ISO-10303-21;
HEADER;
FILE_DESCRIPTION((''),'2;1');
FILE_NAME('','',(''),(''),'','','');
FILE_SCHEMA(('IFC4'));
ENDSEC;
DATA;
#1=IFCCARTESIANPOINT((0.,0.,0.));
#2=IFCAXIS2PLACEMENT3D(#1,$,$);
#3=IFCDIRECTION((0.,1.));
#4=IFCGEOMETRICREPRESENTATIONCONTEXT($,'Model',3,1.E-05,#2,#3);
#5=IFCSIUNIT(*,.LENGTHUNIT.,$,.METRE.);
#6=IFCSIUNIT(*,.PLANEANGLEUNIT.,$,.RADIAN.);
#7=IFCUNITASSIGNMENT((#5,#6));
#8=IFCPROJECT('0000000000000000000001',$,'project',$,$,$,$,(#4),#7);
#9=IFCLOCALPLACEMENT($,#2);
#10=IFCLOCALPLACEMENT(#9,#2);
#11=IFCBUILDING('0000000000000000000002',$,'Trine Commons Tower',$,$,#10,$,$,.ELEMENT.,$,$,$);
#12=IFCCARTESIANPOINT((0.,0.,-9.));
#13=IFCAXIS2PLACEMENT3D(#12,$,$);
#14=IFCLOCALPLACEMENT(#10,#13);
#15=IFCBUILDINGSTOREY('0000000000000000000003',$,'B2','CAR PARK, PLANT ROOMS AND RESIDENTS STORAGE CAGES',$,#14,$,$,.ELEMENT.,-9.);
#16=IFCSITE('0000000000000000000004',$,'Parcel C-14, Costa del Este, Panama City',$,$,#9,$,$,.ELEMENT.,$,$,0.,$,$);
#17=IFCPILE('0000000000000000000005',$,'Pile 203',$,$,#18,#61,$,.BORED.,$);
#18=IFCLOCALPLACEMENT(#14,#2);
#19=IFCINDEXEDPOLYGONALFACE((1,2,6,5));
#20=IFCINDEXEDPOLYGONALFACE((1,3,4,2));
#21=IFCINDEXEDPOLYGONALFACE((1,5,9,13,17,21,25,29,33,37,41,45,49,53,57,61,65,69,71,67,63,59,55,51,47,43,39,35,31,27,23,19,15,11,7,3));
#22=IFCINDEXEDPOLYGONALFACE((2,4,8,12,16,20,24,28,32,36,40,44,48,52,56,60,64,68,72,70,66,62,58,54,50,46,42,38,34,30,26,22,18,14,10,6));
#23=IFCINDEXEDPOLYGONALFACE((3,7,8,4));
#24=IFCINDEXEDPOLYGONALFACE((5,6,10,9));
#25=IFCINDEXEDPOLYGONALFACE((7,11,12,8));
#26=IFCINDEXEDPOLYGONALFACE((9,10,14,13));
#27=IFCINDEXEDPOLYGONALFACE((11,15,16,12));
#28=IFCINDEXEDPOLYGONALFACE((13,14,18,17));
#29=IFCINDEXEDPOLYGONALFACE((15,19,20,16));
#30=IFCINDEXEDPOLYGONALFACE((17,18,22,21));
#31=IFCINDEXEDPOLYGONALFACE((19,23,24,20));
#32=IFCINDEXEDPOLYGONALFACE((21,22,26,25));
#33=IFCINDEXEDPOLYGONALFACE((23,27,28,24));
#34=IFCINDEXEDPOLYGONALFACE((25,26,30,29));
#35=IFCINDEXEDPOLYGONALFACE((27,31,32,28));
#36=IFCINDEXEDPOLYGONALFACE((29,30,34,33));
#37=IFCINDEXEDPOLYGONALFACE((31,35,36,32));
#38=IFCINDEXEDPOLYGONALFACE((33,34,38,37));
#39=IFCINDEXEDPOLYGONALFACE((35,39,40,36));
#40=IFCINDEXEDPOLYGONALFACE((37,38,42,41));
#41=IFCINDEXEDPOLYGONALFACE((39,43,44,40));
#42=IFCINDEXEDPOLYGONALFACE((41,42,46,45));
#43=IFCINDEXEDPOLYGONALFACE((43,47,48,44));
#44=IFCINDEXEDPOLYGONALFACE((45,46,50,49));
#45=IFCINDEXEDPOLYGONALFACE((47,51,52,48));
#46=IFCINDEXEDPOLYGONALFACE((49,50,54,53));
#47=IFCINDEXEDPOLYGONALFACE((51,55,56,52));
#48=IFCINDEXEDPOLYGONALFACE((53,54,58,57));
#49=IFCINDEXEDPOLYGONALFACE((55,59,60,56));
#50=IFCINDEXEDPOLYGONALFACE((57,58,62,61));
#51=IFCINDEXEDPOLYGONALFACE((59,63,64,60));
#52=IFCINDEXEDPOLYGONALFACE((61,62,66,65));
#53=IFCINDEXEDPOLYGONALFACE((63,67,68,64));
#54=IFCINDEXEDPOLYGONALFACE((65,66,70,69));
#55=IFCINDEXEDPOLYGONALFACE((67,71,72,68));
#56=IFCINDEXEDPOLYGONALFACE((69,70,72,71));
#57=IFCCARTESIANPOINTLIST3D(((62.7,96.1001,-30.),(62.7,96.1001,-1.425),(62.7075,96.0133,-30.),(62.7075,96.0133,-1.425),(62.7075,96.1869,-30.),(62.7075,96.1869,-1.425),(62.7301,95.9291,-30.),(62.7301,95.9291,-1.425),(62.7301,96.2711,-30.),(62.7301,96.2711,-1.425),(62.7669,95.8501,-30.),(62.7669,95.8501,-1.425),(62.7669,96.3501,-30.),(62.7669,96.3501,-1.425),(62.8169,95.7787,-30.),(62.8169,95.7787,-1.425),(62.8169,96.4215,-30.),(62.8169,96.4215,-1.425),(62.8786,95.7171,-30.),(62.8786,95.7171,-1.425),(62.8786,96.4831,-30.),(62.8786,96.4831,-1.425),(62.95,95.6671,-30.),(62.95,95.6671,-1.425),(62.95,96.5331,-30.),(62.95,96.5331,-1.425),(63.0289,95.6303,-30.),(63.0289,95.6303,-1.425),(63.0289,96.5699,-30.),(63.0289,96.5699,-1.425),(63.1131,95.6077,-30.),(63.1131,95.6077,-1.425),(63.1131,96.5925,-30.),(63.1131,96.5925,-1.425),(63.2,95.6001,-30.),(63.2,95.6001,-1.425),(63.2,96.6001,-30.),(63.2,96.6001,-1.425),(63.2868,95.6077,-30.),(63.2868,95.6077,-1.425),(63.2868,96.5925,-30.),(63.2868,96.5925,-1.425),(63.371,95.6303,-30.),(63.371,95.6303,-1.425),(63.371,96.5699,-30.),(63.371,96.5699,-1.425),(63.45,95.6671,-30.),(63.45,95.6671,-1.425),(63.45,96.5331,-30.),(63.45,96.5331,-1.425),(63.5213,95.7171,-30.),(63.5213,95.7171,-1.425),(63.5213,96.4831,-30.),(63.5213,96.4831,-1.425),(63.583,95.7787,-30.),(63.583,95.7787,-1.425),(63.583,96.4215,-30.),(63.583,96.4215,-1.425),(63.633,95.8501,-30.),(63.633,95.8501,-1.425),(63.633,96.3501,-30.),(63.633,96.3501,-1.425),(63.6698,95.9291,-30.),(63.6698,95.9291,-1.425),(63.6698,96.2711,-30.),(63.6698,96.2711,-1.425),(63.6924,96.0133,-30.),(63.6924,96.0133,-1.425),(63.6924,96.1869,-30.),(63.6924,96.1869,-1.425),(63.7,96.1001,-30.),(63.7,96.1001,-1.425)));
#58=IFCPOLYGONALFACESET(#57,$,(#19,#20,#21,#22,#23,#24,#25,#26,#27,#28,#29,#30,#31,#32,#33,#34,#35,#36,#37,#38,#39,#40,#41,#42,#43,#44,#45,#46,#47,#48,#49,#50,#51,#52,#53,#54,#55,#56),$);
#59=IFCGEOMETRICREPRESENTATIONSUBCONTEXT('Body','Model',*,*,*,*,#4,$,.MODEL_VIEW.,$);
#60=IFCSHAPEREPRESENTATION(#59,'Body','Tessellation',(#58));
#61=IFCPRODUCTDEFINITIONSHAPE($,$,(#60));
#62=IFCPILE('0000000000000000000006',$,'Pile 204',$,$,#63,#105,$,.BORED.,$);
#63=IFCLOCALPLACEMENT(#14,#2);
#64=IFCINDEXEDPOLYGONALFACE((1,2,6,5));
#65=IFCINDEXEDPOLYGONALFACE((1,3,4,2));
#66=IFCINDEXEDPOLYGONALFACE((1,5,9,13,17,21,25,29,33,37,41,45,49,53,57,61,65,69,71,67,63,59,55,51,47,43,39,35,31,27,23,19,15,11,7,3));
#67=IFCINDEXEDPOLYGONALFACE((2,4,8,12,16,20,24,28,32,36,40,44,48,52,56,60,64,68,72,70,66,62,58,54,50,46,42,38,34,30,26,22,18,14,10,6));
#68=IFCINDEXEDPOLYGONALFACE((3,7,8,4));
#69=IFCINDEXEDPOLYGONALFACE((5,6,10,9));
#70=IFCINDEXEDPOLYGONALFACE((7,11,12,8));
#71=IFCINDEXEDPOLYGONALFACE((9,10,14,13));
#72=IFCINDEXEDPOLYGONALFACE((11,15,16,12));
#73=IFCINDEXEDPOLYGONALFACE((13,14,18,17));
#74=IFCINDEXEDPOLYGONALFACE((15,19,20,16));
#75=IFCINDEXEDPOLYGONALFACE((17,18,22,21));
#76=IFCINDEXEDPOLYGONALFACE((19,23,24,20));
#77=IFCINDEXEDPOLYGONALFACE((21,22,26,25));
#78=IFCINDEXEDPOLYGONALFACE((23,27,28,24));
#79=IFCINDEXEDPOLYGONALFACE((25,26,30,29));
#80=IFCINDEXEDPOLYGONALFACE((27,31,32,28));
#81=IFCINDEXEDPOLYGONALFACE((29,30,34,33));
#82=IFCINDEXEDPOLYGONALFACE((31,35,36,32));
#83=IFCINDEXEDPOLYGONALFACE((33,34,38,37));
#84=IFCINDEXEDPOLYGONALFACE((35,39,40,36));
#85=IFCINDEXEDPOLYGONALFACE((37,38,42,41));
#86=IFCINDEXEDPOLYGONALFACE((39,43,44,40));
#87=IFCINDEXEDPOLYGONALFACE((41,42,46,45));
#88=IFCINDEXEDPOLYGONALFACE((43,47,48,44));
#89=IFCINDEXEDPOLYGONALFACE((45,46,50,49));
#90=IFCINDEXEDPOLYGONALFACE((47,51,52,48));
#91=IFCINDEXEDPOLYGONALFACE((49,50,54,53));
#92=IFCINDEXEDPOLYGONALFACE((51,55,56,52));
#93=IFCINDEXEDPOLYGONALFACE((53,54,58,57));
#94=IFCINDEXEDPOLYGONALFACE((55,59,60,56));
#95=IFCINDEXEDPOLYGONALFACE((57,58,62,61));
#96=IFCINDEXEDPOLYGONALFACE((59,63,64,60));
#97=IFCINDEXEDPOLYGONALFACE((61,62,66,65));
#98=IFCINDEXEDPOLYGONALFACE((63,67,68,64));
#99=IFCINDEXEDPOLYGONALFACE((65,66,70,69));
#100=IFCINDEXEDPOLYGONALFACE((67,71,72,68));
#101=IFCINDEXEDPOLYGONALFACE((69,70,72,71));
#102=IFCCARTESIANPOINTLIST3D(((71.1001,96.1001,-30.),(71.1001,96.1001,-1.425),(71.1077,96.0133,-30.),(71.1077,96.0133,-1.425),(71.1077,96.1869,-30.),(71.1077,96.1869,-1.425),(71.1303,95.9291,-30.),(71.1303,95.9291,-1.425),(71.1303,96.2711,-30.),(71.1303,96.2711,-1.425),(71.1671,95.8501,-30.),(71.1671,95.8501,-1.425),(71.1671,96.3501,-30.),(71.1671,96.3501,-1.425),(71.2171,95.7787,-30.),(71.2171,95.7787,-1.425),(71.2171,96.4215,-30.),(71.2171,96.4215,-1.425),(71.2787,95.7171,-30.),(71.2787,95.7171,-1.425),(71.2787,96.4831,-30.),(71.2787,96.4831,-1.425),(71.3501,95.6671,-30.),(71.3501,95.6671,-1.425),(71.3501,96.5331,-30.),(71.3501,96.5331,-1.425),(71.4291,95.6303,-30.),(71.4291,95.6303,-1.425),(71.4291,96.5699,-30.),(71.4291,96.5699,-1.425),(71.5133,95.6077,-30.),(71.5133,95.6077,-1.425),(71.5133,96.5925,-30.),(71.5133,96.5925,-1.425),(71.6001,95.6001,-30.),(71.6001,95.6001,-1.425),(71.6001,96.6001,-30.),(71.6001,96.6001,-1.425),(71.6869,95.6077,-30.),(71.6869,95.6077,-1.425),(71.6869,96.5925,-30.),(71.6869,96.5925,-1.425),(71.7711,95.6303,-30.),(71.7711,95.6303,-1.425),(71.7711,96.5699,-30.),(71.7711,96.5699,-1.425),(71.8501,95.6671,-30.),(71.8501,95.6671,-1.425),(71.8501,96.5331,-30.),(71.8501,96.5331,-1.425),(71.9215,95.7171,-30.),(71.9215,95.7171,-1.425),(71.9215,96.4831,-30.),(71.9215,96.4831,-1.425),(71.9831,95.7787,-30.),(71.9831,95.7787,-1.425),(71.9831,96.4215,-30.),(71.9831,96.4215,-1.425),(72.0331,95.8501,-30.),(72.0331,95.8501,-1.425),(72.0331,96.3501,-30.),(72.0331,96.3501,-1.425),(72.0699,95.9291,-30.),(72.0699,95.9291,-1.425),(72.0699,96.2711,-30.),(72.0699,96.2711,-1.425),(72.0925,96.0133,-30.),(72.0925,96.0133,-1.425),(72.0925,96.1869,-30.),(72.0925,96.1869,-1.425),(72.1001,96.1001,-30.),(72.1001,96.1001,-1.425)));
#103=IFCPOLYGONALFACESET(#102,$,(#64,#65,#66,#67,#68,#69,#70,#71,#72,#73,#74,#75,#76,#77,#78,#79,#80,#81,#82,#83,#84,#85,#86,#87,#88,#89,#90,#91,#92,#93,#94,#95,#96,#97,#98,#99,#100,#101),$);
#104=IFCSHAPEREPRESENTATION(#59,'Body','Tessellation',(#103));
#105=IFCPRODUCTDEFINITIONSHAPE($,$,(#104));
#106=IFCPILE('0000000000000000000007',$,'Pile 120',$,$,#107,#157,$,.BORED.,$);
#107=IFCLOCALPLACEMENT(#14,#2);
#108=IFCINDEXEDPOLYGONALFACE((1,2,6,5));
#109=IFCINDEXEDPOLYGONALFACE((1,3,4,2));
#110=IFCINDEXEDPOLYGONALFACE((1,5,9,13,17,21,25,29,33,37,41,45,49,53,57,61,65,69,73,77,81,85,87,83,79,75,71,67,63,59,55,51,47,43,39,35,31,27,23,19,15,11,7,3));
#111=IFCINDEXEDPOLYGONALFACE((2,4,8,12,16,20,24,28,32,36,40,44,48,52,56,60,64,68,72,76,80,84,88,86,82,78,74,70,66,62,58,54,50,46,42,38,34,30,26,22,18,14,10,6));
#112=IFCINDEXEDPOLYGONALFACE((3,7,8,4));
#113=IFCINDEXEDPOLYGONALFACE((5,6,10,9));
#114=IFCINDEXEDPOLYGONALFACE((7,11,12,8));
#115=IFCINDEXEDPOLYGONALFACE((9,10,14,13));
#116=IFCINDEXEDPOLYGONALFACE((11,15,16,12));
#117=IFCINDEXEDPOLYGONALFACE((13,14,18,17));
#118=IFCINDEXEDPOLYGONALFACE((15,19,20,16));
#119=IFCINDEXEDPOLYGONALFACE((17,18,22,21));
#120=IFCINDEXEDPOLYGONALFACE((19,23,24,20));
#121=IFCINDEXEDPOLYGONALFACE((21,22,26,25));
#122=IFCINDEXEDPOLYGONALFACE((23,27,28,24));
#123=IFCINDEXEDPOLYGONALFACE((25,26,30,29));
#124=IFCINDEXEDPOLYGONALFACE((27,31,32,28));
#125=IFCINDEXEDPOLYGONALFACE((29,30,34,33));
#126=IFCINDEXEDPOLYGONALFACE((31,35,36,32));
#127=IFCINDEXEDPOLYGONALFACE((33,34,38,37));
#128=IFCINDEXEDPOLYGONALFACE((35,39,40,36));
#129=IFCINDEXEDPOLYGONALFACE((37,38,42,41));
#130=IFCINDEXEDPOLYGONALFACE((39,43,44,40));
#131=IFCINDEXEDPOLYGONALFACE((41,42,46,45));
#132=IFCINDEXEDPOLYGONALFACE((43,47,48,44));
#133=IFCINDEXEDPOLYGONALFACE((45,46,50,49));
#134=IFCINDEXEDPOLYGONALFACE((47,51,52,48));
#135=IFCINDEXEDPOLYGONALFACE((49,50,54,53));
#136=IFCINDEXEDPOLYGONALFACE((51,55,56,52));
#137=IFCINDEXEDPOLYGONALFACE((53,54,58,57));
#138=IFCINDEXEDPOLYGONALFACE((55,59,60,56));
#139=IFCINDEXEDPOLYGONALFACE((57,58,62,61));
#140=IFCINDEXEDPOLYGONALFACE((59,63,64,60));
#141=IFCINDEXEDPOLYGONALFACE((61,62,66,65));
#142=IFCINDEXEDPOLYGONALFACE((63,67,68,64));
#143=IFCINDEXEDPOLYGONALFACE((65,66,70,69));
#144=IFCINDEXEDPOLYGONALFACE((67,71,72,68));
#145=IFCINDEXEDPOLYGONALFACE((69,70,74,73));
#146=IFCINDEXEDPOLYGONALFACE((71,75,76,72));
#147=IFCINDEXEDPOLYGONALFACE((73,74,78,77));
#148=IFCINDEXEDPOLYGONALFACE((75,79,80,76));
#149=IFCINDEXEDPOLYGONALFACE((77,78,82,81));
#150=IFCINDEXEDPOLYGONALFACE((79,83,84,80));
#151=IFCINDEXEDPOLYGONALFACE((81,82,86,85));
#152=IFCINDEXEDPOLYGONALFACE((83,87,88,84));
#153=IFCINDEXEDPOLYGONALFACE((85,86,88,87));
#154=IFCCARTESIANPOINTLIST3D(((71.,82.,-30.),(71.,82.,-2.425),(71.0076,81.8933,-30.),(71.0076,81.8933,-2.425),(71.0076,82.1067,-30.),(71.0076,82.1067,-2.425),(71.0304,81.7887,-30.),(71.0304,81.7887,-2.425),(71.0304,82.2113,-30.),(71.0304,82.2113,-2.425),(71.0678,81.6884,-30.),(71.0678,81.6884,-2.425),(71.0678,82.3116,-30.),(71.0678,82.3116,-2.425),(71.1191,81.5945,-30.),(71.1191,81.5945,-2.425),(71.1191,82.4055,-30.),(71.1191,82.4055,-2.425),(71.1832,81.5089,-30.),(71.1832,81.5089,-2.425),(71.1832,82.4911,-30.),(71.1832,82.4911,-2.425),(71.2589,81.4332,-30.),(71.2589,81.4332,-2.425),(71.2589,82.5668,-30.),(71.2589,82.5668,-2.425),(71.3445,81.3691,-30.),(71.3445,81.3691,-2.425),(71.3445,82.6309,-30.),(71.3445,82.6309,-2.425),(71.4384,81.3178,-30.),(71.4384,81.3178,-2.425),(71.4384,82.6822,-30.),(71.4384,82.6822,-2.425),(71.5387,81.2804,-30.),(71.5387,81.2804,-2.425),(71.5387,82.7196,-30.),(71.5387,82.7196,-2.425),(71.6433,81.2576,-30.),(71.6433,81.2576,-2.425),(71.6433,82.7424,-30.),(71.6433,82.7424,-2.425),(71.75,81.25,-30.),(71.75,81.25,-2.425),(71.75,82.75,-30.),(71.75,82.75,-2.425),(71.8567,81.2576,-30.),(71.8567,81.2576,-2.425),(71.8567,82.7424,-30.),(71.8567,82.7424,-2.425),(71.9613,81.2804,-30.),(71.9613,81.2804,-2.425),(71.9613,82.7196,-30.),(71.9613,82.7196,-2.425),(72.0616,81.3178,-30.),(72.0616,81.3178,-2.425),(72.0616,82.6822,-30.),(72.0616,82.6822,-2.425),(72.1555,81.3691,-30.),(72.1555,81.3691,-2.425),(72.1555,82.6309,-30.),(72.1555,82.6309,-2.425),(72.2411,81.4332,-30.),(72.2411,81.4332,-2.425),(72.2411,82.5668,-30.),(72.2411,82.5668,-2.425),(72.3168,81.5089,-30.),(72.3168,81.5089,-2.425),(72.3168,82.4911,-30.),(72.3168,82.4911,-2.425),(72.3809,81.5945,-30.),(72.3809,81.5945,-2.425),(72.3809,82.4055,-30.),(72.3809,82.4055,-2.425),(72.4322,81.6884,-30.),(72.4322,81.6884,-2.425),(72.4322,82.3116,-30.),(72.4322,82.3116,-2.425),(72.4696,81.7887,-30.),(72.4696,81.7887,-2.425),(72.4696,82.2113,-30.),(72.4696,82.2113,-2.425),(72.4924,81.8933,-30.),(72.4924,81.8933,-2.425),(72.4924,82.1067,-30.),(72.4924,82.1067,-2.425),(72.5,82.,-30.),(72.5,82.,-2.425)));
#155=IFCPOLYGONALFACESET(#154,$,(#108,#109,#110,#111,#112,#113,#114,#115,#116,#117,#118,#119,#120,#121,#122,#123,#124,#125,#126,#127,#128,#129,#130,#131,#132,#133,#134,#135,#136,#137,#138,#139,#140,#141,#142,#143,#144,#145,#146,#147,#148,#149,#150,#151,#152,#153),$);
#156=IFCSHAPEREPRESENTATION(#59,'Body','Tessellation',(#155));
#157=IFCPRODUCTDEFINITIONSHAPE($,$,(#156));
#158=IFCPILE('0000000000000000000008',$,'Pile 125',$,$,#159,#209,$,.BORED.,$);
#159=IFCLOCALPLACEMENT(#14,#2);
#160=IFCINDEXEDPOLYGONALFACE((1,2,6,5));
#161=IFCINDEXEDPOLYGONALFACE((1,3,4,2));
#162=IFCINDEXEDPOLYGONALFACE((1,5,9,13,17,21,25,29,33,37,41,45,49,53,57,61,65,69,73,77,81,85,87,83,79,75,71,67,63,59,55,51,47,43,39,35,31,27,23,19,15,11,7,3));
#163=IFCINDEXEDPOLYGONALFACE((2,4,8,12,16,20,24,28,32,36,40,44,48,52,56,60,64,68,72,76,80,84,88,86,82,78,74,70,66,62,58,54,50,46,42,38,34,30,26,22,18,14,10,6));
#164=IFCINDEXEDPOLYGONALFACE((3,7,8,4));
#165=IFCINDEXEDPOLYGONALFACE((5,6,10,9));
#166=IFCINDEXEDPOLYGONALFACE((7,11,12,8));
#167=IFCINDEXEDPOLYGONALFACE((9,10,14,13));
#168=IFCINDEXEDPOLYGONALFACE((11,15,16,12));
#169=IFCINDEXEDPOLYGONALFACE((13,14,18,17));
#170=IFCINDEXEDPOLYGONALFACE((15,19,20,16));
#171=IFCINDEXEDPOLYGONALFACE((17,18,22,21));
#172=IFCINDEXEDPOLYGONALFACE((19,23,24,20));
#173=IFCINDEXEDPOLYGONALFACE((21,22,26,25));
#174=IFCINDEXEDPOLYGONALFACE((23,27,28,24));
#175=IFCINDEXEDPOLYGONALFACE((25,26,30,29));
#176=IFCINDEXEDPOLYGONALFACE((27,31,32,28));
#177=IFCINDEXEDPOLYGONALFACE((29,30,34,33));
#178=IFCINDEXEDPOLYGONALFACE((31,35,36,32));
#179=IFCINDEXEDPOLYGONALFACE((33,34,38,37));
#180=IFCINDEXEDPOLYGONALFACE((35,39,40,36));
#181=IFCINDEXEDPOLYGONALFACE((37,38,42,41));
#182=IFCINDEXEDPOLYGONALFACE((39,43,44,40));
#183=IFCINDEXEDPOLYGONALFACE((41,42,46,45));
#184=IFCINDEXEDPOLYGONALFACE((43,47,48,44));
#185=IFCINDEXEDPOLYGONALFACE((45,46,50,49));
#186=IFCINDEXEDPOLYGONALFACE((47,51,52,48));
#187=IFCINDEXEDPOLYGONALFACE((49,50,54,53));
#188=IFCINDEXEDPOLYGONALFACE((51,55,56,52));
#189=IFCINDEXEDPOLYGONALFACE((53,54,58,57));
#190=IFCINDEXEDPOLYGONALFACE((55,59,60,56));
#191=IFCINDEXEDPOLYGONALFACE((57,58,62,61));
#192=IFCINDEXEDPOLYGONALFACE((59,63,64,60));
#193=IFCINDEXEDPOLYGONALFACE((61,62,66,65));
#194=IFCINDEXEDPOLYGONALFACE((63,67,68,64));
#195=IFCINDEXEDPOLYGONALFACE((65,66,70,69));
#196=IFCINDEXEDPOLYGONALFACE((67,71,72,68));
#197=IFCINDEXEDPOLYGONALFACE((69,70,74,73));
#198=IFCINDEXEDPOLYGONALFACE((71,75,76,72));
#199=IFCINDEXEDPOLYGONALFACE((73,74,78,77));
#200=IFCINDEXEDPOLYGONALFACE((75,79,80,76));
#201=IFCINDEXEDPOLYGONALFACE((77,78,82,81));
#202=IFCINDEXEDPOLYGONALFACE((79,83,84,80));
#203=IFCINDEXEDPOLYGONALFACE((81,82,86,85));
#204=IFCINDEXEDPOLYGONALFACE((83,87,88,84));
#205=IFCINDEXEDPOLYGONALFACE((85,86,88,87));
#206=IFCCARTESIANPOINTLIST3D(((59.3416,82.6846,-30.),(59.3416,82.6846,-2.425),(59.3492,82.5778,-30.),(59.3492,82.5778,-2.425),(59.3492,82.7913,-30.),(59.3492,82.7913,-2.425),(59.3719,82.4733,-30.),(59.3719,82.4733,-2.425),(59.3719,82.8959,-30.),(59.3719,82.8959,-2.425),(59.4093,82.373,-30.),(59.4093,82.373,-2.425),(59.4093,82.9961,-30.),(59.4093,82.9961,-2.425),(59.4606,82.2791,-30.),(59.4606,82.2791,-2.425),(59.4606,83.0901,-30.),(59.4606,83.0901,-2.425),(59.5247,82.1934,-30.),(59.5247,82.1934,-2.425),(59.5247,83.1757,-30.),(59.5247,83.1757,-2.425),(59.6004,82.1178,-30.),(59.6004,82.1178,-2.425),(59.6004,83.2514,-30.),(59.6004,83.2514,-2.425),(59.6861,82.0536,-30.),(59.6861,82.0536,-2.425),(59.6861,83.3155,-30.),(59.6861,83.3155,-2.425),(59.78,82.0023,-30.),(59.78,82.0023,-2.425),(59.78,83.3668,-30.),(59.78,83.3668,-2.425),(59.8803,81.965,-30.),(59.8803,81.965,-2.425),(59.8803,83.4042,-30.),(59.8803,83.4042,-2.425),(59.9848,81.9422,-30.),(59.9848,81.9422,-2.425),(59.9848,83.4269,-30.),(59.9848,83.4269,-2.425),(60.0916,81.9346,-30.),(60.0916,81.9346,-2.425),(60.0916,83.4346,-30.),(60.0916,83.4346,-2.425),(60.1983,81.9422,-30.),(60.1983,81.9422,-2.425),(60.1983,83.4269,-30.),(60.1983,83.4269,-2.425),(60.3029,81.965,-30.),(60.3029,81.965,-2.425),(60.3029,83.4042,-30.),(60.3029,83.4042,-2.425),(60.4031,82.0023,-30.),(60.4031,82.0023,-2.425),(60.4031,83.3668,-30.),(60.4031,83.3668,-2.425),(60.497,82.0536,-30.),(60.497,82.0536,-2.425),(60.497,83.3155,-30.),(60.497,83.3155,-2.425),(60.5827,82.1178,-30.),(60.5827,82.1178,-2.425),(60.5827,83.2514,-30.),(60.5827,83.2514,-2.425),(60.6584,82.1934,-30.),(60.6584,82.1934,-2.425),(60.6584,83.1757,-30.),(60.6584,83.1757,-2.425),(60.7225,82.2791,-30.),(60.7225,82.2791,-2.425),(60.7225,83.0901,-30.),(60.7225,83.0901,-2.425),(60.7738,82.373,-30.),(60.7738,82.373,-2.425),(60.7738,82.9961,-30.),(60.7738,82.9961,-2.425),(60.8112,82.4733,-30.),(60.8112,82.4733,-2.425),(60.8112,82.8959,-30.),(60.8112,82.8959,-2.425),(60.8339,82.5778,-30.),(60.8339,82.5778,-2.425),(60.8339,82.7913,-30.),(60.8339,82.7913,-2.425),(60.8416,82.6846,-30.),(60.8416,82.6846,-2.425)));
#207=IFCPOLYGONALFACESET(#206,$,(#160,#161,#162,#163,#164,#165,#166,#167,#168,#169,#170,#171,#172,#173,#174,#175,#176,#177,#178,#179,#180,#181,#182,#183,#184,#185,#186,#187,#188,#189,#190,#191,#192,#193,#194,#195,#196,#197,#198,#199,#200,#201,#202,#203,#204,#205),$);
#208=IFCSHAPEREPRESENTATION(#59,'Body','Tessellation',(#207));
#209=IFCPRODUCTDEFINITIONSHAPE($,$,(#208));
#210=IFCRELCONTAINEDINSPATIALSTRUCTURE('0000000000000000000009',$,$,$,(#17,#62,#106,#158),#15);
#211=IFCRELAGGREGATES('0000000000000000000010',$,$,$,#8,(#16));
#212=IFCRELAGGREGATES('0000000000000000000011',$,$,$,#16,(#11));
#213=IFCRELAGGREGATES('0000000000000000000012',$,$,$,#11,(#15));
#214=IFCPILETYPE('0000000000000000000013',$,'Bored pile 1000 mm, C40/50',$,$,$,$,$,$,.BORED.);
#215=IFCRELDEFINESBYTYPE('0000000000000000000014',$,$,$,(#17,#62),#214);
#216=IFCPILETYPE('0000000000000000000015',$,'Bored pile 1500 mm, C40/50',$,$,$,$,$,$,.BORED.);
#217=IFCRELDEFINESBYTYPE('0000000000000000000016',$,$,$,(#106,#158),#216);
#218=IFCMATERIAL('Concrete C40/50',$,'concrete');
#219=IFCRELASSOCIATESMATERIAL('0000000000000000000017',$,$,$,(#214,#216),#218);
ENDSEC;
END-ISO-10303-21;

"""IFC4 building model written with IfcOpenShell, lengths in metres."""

from ifc_helpers import new_model, si_unit, direction, frame, origin, origin_2d, place, context, subcontext, project, spatial, circle, extrude, material, type_object, element, save


model = new_model("IFC4")

# Units and contexts
model_context = context("Model", 3, precision=1e-05, world=origin(), true_north=direction((0.0, 1.0)))
body_context = subcontext(model_context, "Body", "Model", "MODEL_VIEW")
ifc_project = project(units=[si_unit("LENGTHUNIT", "METRE"), si_unit("PLANEANGLEUNIT", "RADIAN")], contexts=[model_context])

# Site, building, storey
site_placement = place(None, origin())
site = spatial("IfcSite", under=ifc_project, at=site_placement, Name="Parcel C-14, Costa del Este, Panama City", CompositionType="ELEMENT", RefElevation=0.0)
building_placement = place(site_placement, origin())
building = spatial("IfcBuilding", under=site, at=building_placement, Name="Trine Commons Tower", CompositionType="ELEMENT")
storey_placement = place(building_placement, frame((0.0, 0.0, -9.0)))
storey = spatial("IfcBuildingStorey", under=building, at=storey_placement, Name="B2", Description="CAR PARK, PLANT ROOMS AND RESIDENTS STORAGE CAGES", CompositionType="ELEMENT", Elevation=-9.0)

# Piles
ifc_material_1 = material(Name="Concrete C40/50", Category="concrete")
pile_type_1 = type_object("IfcPileType", Name="Bored pile 1000 mm, C40/50", PredefinedType="BORED", material=ifc_material_1)
for number, where, z_axis, x_axis, name in (
    (1, (63.2, 96.1001, -1.425), (0.0, 0.0, -1.0), (1.0, 0.0, 0.0), "Pile 203"),
    (2, (71.6001, 96.1001, -1.425), (0.0, 0.0, -1.0), (1.0, 0.0, 0.0), "Pile 204"),
):
    element("IfcPile", number, at=place(storey_placement, frame(where, z_axis=z_axis, x_axis=x_axis)), inside=storey, type_object=pile_type_1, Name=name, PredefinedType="BORED", context=body_context, shape_type="SweptSolid", body=[
        extrude(circle(Radius=0.5, at=origin_2d()), origin(), (0.0, 0.0, 1.0), 28.575),
    ])
pile_type_2 = type_object("IfcPileType", Name="Bored pile 1500 mm, C40/50", PredefinedType="BORED", material=ifc_material_1)
for number, where, z_axis, x_axis, name in (
    (3, (71.75, 82.0, -2.425), (0.0, 0.0, -1.0), (1.0, 0.0, 0.0), "Pile 120"),
    (4, (60.0916, 82.6846, -2.425), (0.0, 0.0, -1.0), (1.0, 0.0, 0.0), "Pile 125"),
):
    element("IfcPile", number, at=place(storey_placement, frame(where, z_axis=z_axis, x_axis=x_axis)), inside=storey, type_object=pile_type_2, Name=name, PredefinedType="BORED", context=body_context, shape_type="SweptSolid", body=[
        extrude(circle(Radius=0.75, at=origin_2d()), origin(), (0.0, 0.0, 1.0), 27.575),
    ])

save(model, "model.ifc")
